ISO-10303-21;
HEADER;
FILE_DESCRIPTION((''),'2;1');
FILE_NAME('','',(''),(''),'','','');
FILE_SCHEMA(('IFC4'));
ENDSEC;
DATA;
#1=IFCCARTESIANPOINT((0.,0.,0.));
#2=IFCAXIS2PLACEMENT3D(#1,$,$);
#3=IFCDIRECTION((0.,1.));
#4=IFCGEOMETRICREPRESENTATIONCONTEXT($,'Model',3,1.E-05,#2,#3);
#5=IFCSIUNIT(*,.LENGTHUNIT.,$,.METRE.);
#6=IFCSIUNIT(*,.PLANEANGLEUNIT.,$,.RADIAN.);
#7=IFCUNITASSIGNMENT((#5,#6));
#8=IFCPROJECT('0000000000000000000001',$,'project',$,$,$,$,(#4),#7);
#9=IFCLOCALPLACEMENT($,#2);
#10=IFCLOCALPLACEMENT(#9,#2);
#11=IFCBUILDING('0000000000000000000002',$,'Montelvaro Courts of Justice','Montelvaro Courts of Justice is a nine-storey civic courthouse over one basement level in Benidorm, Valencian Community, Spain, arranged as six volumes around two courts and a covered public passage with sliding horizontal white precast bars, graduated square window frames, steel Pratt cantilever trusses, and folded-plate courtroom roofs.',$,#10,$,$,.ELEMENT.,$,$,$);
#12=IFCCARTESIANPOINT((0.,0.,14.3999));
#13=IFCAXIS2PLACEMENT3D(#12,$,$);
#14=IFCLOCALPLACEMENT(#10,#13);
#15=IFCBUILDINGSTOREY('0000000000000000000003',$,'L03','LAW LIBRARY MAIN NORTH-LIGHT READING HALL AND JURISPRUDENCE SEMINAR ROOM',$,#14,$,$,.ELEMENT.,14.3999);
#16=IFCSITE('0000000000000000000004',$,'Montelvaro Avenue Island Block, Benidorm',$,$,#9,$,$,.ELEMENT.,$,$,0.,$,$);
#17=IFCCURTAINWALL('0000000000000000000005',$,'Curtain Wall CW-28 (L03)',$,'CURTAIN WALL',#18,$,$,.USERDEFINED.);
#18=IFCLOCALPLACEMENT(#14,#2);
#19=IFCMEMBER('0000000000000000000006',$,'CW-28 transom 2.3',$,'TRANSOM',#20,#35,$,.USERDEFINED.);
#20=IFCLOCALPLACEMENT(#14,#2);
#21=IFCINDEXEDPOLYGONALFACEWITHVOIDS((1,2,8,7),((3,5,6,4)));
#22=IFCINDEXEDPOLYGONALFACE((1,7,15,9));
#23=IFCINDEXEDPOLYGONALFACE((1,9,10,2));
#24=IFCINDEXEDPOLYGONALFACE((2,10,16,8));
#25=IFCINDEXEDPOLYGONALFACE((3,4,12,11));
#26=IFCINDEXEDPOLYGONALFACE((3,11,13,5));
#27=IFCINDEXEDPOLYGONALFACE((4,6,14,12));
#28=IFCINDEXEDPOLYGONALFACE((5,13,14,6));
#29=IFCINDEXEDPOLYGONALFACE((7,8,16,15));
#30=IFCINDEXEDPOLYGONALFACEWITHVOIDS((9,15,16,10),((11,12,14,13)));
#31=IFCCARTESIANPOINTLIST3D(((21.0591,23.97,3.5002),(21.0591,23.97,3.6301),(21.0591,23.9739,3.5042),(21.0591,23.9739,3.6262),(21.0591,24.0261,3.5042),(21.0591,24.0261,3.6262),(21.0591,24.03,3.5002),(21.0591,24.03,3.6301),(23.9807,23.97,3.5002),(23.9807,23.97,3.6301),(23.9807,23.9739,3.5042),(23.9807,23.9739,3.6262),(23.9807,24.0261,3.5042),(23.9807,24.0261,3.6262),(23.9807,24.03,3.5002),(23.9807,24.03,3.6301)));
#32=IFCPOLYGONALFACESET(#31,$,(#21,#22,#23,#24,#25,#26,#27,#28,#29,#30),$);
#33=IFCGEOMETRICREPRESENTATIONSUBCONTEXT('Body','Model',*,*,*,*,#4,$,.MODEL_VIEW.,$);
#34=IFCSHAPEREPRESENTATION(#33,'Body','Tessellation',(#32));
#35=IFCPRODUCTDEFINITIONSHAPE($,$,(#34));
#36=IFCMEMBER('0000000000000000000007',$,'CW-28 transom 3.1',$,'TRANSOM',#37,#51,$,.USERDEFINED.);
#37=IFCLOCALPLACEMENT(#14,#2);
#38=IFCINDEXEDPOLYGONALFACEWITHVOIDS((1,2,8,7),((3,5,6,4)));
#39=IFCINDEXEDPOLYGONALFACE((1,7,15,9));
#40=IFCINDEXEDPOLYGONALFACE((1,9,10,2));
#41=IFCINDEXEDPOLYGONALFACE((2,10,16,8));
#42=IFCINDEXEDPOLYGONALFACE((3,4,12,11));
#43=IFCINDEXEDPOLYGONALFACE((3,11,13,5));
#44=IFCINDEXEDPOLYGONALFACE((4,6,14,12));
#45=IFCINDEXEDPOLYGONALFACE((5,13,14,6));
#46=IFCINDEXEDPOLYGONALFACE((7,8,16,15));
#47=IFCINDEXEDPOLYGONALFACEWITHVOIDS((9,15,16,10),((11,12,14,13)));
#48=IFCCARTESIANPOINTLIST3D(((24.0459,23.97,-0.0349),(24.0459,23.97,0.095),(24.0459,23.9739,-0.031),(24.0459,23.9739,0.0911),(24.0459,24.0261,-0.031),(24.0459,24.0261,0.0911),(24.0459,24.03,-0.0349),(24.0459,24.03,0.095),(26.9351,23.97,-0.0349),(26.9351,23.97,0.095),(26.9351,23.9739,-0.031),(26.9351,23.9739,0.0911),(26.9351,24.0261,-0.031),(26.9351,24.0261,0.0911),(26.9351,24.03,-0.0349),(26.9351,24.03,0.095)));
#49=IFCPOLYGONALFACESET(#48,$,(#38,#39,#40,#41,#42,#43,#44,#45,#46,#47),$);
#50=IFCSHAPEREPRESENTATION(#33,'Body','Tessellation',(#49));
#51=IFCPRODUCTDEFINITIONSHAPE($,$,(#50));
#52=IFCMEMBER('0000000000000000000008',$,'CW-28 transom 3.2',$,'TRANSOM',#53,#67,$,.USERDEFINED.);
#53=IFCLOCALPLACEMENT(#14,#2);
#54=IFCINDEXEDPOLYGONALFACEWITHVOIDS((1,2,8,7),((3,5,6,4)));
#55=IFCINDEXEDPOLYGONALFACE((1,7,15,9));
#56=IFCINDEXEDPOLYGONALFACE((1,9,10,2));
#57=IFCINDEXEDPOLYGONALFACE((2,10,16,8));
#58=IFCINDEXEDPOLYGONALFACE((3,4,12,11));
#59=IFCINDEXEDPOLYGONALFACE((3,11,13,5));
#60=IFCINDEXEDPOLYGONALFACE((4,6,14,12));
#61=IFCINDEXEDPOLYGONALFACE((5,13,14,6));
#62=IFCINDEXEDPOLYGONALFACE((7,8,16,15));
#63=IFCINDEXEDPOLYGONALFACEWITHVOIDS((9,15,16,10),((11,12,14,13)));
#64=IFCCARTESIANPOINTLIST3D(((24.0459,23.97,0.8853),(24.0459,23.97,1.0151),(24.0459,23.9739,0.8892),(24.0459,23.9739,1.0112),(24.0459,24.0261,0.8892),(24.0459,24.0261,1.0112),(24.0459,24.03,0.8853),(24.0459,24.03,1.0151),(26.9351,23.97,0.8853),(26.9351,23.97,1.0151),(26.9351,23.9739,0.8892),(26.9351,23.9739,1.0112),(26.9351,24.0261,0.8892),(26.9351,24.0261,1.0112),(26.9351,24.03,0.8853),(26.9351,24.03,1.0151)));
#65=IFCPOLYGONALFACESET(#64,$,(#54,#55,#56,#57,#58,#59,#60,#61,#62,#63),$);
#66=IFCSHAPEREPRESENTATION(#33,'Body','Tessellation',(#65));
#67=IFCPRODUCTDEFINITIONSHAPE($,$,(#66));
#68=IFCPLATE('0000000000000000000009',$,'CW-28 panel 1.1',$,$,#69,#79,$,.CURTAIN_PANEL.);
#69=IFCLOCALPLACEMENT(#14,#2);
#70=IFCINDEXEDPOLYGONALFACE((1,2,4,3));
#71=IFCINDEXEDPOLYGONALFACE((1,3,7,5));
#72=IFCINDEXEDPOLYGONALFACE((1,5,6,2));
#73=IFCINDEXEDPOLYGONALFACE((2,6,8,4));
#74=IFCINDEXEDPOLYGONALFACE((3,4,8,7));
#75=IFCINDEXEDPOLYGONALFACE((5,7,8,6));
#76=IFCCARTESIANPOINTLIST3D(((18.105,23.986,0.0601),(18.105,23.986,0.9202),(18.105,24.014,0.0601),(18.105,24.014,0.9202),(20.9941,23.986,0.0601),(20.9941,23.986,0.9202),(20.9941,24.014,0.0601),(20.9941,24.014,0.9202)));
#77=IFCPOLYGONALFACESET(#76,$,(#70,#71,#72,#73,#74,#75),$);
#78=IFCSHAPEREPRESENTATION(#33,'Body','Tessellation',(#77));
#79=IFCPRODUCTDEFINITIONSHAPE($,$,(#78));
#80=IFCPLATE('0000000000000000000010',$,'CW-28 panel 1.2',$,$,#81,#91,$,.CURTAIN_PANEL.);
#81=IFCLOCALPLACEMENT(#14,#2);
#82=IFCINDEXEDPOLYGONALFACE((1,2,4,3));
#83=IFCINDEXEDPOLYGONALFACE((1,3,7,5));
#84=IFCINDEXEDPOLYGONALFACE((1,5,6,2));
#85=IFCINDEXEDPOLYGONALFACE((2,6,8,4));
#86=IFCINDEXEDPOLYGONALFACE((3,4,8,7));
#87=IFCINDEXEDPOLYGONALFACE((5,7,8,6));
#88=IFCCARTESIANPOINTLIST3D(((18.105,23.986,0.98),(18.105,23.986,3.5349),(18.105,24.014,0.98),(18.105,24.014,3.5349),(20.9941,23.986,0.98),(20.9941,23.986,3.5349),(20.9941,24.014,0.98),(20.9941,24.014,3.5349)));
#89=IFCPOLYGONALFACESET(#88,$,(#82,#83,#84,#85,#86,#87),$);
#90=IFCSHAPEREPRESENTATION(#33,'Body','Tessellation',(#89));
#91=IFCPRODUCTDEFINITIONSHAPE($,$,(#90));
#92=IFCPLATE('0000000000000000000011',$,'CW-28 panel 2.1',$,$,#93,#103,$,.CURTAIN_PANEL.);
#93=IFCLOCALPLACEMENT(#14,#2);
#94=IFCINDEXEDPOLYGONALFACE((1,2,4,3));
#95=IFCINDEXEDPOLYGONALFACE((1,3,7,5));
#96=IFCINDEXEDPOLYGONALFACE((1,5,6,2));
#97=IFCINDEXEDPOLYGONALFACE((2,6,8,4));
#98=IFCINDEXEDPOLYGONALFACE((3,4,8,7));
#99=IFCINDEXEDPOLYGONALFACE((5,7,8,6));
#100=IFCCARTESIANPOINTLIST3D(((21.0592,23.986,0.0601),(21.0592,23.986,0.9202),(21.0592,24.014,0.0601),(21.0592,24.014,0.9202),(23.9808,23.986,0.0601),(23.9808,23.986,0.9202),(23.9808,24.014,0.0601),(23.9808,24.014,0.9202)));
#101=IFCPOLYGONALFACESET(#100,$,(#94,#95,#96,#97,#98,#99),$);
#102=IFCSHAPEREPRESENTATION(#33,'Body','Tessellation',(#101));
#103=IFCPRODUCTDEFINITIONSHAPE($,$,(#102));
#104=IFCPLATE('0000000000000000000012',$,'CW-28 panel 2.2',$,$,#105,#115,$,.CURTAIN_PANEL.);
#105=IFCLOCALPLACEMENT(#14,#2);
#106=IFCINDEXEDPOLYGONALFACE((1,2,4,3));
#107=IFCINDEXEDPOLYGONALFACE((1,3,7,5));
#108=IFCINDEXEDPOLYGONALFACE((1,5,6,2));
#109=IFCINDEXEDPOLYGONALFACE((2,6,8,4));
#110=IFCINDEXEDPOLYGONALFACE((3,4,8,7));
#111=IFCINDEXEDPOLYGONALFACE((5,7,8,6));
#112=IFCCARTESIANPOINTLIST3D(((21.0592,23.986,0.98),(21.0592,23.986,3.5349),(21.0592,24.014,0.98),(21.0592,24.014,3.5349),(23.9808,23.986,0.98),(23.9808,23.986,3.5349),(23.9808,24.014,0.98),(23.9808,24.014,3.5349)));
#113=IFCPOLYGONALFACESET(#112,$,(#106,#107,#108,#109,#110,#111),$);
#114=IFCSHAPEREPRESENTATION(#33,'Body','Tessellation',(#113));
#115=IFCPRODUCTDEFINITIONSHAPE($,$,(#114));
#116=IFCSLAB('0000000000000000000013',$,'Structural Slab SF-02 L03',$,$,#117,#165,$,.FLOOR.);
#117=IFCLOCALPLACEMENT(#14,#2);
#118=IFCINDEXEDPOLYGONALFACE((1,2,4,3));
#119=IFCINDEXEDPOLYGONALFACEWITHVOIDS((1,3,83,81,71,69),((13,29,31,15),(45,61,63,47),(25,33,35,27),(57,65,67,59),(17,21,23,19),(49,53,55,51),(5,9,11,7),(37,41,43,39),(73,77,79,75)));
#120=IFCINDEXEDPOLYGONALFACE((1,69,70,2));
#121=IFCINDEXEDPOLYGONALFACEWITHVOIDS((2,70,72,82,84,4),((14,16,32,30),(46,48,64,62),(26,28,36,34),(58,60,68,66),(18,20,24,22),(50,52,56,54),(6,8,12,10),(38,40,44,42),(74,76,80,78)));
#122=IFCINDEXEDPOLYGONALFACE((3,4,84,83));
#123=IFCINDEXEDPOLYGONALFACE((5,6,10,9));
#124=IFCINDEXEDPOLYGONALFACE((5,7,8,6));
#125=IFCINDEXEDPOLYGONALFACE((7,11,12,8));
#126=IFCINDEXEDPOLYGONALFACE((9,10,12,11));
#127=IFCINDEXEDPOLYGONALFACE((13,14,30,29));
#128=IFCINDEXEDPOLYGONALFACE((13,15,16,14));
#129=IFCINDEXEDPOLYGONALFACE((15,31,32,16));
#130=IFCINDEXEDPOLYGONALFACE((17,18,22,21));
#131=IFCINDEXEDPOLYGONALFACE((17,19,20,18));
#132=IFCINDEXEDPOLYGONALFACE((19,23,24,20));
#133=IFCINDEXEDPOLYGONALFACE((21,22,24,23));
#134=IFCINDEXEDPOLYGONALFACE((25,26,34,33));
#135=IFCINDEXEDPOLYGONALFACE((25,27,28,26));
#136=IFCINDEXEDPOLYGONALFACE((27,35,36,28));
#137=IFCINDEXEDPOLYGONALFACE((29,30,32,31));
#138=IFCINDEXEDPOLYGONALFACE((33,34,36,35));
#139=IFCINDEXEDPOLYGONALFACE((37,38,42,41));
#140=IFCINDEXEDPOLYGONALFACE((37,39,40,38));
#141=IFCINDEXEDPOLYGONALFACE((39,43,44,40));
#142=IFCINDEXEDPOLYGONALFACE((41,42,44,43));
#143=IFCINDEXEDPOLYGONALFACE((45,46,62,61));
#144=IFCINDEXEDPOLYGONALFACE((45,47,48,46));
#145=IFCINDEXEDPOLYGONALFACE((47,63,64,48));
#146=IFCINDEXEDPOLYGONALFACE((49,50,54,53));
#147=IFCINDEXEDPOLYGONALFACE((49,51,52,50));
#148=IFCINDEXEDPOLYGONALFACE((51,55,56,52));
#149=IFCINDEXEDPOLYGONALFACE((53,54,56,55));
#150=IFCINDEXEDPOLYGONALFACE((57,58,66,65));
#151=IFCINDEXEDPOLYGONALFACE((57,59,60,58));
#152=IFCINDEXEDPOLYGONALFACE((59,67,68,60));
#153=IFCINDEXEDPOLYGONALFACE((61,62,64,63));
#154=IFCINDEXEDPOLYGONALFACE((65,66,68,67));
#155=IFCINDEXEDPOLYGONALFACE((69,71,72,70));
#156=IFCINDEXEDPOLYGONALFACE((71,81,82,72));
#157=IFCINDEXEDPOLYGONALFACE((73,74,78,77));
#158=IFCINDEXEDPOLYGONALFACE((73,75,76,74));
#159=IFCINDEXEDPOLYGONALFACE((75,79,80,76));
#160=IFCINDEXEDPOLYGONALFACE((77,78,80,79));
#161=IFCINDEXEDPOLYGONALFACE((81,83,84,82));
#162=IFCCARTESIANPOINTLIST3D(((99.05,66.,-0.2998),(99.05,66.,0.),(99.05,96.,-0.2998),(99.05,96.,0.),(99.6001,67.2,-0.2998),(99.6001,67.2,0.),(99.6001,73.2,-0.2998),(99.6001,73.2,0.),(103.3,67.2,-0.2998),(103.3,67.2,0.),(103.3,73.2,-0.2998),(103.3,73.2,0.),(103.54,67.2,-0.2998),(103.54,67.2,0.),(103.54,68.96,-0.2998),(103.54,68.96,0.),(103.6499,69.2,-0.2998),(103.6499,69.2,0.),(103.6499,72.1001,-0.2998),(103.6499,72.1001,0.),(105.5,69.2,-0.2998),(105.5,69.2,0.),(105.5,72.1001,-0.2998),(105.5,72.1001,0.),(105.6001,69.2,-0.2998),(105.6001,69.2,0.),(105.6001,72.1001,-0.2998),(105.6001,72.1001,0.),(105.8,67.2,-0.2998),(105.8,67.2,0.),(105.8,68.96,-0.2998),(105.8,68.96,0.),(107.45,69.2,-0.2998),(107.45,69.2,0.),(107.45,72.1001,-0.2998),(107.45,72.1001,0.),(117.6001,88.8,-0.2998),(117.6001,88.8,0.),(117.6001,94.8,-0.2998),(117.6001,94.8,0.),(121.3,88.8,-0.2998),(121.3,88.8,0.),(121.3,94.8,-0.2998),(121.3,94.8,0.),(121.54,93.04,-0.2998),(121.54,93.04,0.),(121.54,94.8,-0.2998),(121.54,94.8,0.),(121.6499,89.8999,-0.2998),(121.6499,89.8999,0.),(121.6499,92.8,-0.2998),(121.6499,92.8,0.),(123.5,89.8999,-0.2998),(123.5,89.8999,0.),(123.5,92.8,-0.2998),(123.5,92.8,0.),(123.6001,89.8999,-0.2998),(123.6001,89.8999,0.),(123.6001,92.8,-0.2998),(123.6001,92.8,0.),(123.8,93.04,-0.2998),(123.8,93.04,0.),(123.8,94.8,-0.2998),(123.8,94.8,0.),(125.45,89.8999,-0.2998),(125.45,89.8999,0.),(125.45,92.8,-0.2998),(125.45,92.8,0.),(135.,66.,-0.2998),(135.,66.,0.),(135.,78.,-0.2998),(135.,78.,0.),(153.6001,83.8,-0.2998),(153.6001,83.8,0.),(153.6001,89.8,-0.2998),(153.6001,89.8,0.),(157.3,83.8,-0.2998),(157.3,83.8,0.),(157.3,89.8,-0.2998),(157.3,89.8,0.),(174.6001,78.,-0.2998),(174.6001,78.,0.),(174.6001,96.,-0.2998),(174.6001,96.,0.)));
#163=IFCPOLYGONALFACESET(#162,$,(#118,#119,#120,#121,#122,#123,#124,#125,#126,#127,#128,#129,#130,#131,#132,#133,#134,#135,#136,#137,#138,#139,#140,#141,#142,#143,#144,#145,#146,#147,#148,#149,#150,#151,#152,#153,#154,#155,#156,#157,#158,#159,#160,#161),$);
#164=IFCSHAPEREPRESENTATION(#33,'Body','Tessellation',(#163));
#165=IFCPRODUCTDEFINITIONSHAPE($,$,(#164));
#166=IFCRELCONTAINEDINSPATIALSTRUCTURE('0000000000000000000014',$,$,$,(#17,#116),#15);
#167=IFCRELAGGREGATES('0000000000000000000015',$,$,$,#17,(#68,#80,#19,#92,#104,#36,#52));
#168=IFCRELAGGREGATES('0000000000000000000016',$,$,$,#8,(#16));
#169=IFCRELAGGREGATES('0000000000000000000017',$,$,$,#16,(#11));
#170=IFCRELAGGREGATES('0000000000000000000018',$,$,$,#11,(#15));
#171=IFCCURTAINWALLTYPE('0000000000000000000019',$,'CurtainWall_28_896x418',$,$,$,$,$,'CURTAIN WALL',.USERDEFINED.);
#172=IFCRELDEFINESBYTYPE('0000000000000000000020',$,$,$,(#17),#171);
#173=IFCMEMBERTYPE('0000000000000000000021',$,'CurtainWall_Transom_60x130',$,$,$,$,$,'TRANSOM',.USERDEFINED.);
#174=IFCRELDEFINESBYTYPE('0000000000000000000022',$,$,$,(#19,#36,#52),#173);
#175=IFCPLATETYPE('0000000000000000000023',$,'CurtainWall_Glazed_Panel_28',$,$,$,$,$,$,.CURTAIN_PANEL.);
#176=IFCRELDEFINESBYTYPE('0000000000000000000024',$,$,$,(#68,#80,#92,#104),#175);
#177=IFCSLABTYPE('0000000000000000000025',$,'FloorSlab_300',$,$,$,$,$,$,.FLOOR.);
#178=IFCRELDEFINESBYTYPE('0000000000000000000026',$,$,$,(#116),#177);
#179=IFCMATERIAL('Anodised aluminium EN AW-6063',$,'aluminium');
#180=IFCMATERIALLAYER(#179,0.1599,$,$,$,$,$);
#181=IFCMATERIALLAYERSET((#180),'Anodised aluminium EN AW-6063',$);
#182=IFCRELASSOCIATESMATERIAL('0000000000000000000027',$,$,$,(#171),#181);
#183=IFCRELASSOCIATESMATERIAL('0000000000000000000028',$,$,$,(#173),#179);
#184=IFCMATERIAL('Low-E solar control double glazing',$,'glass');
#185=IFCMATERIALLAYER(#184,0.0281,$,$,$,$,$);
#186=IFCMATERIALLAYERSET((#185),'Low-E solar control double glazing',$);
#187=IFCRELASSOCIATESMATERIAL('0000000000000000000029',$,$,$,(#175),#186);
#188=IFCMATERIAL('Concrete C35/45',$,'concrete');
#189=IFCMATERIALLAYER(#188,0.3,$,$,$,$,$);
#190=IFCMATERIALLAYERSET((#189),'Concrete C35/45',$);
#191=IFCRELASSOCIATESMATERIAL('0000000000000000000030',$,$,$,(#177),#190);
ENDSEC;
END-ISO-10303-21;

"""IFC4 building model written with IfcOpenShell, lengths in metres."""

from ifc_helpers import new_model, si_unit, direction, frame, origin, origin_2d, place, context, subcontext, project, spatial, polyline, rectangle, hollow_rectangle, outline, extrude, material, layer, layer_set, material_profile, profile_set, type_object, element, aggregate, save


model = new_model("IFC4")

# Units and contexts
model_context = context("Model", 3, precision=1e-05, world=origin(), true_north=direction((0.0, 1.0)))
body_context = subcontext(model_context, "Body", "Model", "MODEL_VIEW")
ifc_project = project(units=[si_unit("LENGTHUNIT", "METRE"), si_unit("PLANEANGLEUNIT", "RADIAN")], contexts=[model_context])

# Site, building, storey
site_placement = place(None, origin())
site = spatial("IfcSite", under=ifc_project, at=site_placement, Name="Montelvaro Avenue Island Block, Benidorm", CompositionType="ELEMENT", RefElevation=0.0)
building_placement = place(site_placement, origin())
building = spatial("IfcBuilding", under=site, at=building_placement, Name="Montelvaro Courts of Justice", Description="Montelvaro Courts of Justice is a nine-storey civic courthouse over one basement level in Benidorm, Valencian Community, Spain, arranged as six volumes around two courts and a covered public passage with sliding horizontal white precast bars, graduated square window frames, steel Pratt cantilever trusses, and folded-plate courtroom roofs.", CompositionType="ELEMENT")
storey_placement = place(building_placement, frame((0.0, 0.0, 14.3999)))
storey = spatial("IfcBuildingStorey", under=building, at=storey_placement, Name="L03", Description="LAW LIBRARY MAIN NORTH-LIGHT READING HALL AND JURISPRUDENCE SEMINAR ROOM", CompositionType="ELEMENT", Elevation=14.3999)

# Curtain wall
ifc_material_1 = material(Name="Anodised aluminium EN AW-6063", Category="aluminium")
ifc_layer_1 = layer(ifc_material_1, 0.1599)
ifc_layer_set_1 = layer_set([ifc_layer_1], Name="Anodised aluminium EN AW-6063")
curtain_wall_type_1 = type_object("IfcCurtainWallType", Name="CurtainWall_28_896x418", ElementType="CURTAIN WALL", PredefinedType="USERDEFINED", material=ifc_layer_set_1)
curtain_wall_1_placement = place(storey_placement, origin())
curtain_wall_1 = element("IfcCurtainWall", 1, at=curtain_wall_1_placement, inside=storey, type_object=curtain_wall_type_1, Name="Curtain Wall CW-28 (L03)", ObjectType="CURTAIN WALL", PredefinedType="USERDEFINED")

# Members
ifc_material_profile_1 = material_profile(ifc_material_1, hollow_rectangle(XDim=0.0601, YDim=0.1299, WallThickness=0.0039, at=origin_2d()), Name="ALU-T 60x130")
ifc_profile_set_1 = profile_set([ifc_material_profile_1], Name="Anodised aluminium EN AW-6063")
member_type_1 = type_object("IfcMemberType", Name="CurtainWall_Transom_60x130", ElementType="TRANSOM", PredefinedType="USERDEFINED", material=ifc_profile_set_1)
member_1_placement = place(storey_placement, frame((21.0591, 24.0, 3.5652), z_axis=(1.0, 0.0, 0.0), x_axis=(0.0, 1.0, 0.0)))
member_1 = element("IfcMember", 2, at=member_1_placement, type_object=member_type_1, Name="CW-28 transom 2.3", ObjectType="TRANSOM", PredefinedType="USERDEFINED", context=body_context, shape_type="SweptSolid", body=[
    extrude(hollow_rectangle(XDim=0.0601, YDim=0.1299, WallThickness=0.0039, at=origin_2d()), origin(), (0.0, 0.0, 1.0), 2.9216),
])
member_2_placement = place(storey_placement, frame((24.0459, 24.0, 0.03), z_axis=(1.0, 0.0, 0.0), x_axis=(0.0, 1.0, 0.0)))
member_2 = element("IfcMember", 3, at=member_2_placement, type_object=member_type_1, Name="CW-28 transom 3.1", ObjectType="TRANSOM", PredefinedType="USERDEFINED", context=body_context, shape_type="SweptSolid", body=[
    extrude(hollow_rectangle(XDim=0.0601, YDim=0.1299, WallThickness=0.0039, at=origin_2d()), origin(), (0.0, 0.0, 1.0), 2.8892),
])
member_3_placement = place(storey_placement, frame((24.0459, 24.0, 0.9502), z_axis=(1.0, 0.0, 0.0), x_axis=(0.0, 1.0, 0.0)))
member_3 = element("IfcMember", 4, at=member_3_placement, type_object=member_type_1, Name="CW-28 transom 3.2", ObjectType="TRANSOM", PredefinedType="USERDEFINED", context=body_context, shape_type="SweptSolid", body=[
    extrude(hollow_rectangle(XDim=0.0601, YDim=0.1299, WallThickness=0.0039, at=origin_2d()), origin(), (0.0, 0.0, 1.0), 2.8892),
])

# Plates
ifc_material_2 = material(Name="Low-E solar control double glazing", Category="glass")
ifc_layer_2 = layer(ifc_material_2, 0.0281)
ifc_layer_set_2 = layer_set([ifc_layer_2], Name="Low-E solar control double glazing")
plate_type = type_object("IfcPlateType", Name="CurtainWall_Glazed_Panel_28", PredefinedType="CURTAIN_PANEL", material=ifc_layer_set_2)
plate_1_placement = place(storey_placement, frame((19.5496, 24.0, 0.0601), z_axis=(0.0, 0.0, 1.0), x_axis=(1.0, 0.0, 0.0)))
plate_1 = element("IfcPlate", 5, at=plate_1_placement, type_object=plate_type, Name="CW-28 panel 1.1", PredefinedType="CURTAIN_PANEL", context=body_context, shape_type="SweptSolid", body=[
    extrude(rectangle(XDim=2.8892, YDim=0.0281, at=origin_2d()), origin(), (0.0, 0.0, 1.0), 0.8601),
])
plate_2_placement = place(storey_placement, frame((19.5496, 24.0, 0.98), z_axis=(0.0, 0.0, 1.0), x_axis=(1.0, 0.0, 0.0)))
plate_2 = element("IfcPlate", 6, at=plate_2_placement, type_object=plate_type, Name="CW-28 panel 1.2", PredefinedType="CURTAIN_PANEL", context=body_context, shape_type="SweptSolid", body=[
    extrude(rectangle(XDim=2.8892, YDim=0.0281, at=origin_2d()), origin(), (0.0, 0.0, 1.0), 2.5549),
])
plate_3_placement = place(storey_placement, frame((22.52, 24.0, 0.0601), z_axis=(0.0, 0.0, 1.0), x_axis=(1.0, 0.0, 0.0)))
plate_3 = element("IfcPlate", 7, at=plate_3_placement, type_object=plate_type, Name="CW-28 panel 2.1", PredefinedType="CURTAIN_PANEL", context=body_context, shape_type="SweptSolid", body=[
    extrude(rectangle(XDim=2.9216, YDim=0.0281, at=origin_2d()), origin(), (0.0, 0.0, 1.0), 0.8601),
])
plate_4_placement = place(storey_placement, frame((22.52, 24.0, 0.98), z_axis=(0.0, 0.0, 1.0), x_axis=(1.0, 0.0, 0.0)))
plate_4 = element("IfcPlate", 8, at=plate_4_placement, type_object=plate_type, Name="CW-28 panel 2.2", PredefinedType="CURTAIN_PANEL", context=body_context, shape_type="SweptSolid", body=[
    extrude(rectangle(XDim=2.9216, YDim=0.0281, at=origin_2d()), origin(), (0.0, 0.0, 1.0), 2.5549),
])
aggregate(curtain_wall_1, [plate_1, plate_2, member_1, plate_3, plate_4, member_2, member_3])

# Slab
ifc_material_3 = material(Name="Concrete C35/45", Category="concrete")
ifc_layer_3 = layer(ifc_material_3, 0.3)
ifc_layer_set_3 = layer_set([ifc_layer_3], Name="Concrete C35/45")
slab_type_1 = type_object("IfcSlabType", Name="FloorSlab_300", PredefinedType="FLOOR", material=ifc_layer_set_3)
slab_1_placement = place(storey_placement, frame((0.0, 0.0, -0.2998)))
element("IfcSlab", 9, at=slab_1_placement, inside=storey, type_object=slab_type_1, Name="Structural Slab SF-02 L03", PredefinedType="FLOOR", context=body_context, shape_type="SweptSolid", body=[
    extrude(outline(polyline([(99.05, 66.0), (135.0, 66.0), (135.0, 78.0), (174.6001, 78.0), (174.6001, 96.0), (99.05, 96.0), (99.05, 66.0)]), holes=[polyline([(117.6001, 88.8), (121.3, 88.8), (121.3, 94.8), (117.6001, 94.8), (117.6001, 88.8)]), polyline([(121.54, 93.04), (123.8, 93.04), (123.8, 94.8), (121.54, 94.8), (121.54, 93.04)]), polyline([(121.6499, 89.8999), (123.5, 89.8999), (123.5, 92.8), (121.6499, 92.8), (121.6499, 89.8999)]), polyline([(123.6001, 89.8999), (125.45, 89.8999), (125.45, 92.8), (123.6001, 92.8), (123.6001, 89.8999)]), polyline([(99.6001, 67.2), (103.3, 67.2), (103.3, 73.2), (99.6001, 73.2), (99.6001, 67.2)]), polyline([(103.54, 67.2), (105.8, 67.2), (105.8, 68.96), (103.54, 68.96), (103.54, 67.2)]), polyline([(103.6499, 69.2), (105.5, 69.2), (105.5, 72.1001), (103.6499, 72.1001), (103.6499, 69.2)]), polyline([(105.6001, 69.2), (107.45, 69.2), (107.45, 72.1001), (105.6001, 72.1001), (105.6001, 69.2)]), polyline([(153.6001, 83.8), (157.3, 83.8), (157.3, 89.8), (153.6001, 89.8), (153.6001, 83.8)])]), origin(), (0.0, 0.0, 1.0), 0.2998),
])

save(model, "model.ifc")
